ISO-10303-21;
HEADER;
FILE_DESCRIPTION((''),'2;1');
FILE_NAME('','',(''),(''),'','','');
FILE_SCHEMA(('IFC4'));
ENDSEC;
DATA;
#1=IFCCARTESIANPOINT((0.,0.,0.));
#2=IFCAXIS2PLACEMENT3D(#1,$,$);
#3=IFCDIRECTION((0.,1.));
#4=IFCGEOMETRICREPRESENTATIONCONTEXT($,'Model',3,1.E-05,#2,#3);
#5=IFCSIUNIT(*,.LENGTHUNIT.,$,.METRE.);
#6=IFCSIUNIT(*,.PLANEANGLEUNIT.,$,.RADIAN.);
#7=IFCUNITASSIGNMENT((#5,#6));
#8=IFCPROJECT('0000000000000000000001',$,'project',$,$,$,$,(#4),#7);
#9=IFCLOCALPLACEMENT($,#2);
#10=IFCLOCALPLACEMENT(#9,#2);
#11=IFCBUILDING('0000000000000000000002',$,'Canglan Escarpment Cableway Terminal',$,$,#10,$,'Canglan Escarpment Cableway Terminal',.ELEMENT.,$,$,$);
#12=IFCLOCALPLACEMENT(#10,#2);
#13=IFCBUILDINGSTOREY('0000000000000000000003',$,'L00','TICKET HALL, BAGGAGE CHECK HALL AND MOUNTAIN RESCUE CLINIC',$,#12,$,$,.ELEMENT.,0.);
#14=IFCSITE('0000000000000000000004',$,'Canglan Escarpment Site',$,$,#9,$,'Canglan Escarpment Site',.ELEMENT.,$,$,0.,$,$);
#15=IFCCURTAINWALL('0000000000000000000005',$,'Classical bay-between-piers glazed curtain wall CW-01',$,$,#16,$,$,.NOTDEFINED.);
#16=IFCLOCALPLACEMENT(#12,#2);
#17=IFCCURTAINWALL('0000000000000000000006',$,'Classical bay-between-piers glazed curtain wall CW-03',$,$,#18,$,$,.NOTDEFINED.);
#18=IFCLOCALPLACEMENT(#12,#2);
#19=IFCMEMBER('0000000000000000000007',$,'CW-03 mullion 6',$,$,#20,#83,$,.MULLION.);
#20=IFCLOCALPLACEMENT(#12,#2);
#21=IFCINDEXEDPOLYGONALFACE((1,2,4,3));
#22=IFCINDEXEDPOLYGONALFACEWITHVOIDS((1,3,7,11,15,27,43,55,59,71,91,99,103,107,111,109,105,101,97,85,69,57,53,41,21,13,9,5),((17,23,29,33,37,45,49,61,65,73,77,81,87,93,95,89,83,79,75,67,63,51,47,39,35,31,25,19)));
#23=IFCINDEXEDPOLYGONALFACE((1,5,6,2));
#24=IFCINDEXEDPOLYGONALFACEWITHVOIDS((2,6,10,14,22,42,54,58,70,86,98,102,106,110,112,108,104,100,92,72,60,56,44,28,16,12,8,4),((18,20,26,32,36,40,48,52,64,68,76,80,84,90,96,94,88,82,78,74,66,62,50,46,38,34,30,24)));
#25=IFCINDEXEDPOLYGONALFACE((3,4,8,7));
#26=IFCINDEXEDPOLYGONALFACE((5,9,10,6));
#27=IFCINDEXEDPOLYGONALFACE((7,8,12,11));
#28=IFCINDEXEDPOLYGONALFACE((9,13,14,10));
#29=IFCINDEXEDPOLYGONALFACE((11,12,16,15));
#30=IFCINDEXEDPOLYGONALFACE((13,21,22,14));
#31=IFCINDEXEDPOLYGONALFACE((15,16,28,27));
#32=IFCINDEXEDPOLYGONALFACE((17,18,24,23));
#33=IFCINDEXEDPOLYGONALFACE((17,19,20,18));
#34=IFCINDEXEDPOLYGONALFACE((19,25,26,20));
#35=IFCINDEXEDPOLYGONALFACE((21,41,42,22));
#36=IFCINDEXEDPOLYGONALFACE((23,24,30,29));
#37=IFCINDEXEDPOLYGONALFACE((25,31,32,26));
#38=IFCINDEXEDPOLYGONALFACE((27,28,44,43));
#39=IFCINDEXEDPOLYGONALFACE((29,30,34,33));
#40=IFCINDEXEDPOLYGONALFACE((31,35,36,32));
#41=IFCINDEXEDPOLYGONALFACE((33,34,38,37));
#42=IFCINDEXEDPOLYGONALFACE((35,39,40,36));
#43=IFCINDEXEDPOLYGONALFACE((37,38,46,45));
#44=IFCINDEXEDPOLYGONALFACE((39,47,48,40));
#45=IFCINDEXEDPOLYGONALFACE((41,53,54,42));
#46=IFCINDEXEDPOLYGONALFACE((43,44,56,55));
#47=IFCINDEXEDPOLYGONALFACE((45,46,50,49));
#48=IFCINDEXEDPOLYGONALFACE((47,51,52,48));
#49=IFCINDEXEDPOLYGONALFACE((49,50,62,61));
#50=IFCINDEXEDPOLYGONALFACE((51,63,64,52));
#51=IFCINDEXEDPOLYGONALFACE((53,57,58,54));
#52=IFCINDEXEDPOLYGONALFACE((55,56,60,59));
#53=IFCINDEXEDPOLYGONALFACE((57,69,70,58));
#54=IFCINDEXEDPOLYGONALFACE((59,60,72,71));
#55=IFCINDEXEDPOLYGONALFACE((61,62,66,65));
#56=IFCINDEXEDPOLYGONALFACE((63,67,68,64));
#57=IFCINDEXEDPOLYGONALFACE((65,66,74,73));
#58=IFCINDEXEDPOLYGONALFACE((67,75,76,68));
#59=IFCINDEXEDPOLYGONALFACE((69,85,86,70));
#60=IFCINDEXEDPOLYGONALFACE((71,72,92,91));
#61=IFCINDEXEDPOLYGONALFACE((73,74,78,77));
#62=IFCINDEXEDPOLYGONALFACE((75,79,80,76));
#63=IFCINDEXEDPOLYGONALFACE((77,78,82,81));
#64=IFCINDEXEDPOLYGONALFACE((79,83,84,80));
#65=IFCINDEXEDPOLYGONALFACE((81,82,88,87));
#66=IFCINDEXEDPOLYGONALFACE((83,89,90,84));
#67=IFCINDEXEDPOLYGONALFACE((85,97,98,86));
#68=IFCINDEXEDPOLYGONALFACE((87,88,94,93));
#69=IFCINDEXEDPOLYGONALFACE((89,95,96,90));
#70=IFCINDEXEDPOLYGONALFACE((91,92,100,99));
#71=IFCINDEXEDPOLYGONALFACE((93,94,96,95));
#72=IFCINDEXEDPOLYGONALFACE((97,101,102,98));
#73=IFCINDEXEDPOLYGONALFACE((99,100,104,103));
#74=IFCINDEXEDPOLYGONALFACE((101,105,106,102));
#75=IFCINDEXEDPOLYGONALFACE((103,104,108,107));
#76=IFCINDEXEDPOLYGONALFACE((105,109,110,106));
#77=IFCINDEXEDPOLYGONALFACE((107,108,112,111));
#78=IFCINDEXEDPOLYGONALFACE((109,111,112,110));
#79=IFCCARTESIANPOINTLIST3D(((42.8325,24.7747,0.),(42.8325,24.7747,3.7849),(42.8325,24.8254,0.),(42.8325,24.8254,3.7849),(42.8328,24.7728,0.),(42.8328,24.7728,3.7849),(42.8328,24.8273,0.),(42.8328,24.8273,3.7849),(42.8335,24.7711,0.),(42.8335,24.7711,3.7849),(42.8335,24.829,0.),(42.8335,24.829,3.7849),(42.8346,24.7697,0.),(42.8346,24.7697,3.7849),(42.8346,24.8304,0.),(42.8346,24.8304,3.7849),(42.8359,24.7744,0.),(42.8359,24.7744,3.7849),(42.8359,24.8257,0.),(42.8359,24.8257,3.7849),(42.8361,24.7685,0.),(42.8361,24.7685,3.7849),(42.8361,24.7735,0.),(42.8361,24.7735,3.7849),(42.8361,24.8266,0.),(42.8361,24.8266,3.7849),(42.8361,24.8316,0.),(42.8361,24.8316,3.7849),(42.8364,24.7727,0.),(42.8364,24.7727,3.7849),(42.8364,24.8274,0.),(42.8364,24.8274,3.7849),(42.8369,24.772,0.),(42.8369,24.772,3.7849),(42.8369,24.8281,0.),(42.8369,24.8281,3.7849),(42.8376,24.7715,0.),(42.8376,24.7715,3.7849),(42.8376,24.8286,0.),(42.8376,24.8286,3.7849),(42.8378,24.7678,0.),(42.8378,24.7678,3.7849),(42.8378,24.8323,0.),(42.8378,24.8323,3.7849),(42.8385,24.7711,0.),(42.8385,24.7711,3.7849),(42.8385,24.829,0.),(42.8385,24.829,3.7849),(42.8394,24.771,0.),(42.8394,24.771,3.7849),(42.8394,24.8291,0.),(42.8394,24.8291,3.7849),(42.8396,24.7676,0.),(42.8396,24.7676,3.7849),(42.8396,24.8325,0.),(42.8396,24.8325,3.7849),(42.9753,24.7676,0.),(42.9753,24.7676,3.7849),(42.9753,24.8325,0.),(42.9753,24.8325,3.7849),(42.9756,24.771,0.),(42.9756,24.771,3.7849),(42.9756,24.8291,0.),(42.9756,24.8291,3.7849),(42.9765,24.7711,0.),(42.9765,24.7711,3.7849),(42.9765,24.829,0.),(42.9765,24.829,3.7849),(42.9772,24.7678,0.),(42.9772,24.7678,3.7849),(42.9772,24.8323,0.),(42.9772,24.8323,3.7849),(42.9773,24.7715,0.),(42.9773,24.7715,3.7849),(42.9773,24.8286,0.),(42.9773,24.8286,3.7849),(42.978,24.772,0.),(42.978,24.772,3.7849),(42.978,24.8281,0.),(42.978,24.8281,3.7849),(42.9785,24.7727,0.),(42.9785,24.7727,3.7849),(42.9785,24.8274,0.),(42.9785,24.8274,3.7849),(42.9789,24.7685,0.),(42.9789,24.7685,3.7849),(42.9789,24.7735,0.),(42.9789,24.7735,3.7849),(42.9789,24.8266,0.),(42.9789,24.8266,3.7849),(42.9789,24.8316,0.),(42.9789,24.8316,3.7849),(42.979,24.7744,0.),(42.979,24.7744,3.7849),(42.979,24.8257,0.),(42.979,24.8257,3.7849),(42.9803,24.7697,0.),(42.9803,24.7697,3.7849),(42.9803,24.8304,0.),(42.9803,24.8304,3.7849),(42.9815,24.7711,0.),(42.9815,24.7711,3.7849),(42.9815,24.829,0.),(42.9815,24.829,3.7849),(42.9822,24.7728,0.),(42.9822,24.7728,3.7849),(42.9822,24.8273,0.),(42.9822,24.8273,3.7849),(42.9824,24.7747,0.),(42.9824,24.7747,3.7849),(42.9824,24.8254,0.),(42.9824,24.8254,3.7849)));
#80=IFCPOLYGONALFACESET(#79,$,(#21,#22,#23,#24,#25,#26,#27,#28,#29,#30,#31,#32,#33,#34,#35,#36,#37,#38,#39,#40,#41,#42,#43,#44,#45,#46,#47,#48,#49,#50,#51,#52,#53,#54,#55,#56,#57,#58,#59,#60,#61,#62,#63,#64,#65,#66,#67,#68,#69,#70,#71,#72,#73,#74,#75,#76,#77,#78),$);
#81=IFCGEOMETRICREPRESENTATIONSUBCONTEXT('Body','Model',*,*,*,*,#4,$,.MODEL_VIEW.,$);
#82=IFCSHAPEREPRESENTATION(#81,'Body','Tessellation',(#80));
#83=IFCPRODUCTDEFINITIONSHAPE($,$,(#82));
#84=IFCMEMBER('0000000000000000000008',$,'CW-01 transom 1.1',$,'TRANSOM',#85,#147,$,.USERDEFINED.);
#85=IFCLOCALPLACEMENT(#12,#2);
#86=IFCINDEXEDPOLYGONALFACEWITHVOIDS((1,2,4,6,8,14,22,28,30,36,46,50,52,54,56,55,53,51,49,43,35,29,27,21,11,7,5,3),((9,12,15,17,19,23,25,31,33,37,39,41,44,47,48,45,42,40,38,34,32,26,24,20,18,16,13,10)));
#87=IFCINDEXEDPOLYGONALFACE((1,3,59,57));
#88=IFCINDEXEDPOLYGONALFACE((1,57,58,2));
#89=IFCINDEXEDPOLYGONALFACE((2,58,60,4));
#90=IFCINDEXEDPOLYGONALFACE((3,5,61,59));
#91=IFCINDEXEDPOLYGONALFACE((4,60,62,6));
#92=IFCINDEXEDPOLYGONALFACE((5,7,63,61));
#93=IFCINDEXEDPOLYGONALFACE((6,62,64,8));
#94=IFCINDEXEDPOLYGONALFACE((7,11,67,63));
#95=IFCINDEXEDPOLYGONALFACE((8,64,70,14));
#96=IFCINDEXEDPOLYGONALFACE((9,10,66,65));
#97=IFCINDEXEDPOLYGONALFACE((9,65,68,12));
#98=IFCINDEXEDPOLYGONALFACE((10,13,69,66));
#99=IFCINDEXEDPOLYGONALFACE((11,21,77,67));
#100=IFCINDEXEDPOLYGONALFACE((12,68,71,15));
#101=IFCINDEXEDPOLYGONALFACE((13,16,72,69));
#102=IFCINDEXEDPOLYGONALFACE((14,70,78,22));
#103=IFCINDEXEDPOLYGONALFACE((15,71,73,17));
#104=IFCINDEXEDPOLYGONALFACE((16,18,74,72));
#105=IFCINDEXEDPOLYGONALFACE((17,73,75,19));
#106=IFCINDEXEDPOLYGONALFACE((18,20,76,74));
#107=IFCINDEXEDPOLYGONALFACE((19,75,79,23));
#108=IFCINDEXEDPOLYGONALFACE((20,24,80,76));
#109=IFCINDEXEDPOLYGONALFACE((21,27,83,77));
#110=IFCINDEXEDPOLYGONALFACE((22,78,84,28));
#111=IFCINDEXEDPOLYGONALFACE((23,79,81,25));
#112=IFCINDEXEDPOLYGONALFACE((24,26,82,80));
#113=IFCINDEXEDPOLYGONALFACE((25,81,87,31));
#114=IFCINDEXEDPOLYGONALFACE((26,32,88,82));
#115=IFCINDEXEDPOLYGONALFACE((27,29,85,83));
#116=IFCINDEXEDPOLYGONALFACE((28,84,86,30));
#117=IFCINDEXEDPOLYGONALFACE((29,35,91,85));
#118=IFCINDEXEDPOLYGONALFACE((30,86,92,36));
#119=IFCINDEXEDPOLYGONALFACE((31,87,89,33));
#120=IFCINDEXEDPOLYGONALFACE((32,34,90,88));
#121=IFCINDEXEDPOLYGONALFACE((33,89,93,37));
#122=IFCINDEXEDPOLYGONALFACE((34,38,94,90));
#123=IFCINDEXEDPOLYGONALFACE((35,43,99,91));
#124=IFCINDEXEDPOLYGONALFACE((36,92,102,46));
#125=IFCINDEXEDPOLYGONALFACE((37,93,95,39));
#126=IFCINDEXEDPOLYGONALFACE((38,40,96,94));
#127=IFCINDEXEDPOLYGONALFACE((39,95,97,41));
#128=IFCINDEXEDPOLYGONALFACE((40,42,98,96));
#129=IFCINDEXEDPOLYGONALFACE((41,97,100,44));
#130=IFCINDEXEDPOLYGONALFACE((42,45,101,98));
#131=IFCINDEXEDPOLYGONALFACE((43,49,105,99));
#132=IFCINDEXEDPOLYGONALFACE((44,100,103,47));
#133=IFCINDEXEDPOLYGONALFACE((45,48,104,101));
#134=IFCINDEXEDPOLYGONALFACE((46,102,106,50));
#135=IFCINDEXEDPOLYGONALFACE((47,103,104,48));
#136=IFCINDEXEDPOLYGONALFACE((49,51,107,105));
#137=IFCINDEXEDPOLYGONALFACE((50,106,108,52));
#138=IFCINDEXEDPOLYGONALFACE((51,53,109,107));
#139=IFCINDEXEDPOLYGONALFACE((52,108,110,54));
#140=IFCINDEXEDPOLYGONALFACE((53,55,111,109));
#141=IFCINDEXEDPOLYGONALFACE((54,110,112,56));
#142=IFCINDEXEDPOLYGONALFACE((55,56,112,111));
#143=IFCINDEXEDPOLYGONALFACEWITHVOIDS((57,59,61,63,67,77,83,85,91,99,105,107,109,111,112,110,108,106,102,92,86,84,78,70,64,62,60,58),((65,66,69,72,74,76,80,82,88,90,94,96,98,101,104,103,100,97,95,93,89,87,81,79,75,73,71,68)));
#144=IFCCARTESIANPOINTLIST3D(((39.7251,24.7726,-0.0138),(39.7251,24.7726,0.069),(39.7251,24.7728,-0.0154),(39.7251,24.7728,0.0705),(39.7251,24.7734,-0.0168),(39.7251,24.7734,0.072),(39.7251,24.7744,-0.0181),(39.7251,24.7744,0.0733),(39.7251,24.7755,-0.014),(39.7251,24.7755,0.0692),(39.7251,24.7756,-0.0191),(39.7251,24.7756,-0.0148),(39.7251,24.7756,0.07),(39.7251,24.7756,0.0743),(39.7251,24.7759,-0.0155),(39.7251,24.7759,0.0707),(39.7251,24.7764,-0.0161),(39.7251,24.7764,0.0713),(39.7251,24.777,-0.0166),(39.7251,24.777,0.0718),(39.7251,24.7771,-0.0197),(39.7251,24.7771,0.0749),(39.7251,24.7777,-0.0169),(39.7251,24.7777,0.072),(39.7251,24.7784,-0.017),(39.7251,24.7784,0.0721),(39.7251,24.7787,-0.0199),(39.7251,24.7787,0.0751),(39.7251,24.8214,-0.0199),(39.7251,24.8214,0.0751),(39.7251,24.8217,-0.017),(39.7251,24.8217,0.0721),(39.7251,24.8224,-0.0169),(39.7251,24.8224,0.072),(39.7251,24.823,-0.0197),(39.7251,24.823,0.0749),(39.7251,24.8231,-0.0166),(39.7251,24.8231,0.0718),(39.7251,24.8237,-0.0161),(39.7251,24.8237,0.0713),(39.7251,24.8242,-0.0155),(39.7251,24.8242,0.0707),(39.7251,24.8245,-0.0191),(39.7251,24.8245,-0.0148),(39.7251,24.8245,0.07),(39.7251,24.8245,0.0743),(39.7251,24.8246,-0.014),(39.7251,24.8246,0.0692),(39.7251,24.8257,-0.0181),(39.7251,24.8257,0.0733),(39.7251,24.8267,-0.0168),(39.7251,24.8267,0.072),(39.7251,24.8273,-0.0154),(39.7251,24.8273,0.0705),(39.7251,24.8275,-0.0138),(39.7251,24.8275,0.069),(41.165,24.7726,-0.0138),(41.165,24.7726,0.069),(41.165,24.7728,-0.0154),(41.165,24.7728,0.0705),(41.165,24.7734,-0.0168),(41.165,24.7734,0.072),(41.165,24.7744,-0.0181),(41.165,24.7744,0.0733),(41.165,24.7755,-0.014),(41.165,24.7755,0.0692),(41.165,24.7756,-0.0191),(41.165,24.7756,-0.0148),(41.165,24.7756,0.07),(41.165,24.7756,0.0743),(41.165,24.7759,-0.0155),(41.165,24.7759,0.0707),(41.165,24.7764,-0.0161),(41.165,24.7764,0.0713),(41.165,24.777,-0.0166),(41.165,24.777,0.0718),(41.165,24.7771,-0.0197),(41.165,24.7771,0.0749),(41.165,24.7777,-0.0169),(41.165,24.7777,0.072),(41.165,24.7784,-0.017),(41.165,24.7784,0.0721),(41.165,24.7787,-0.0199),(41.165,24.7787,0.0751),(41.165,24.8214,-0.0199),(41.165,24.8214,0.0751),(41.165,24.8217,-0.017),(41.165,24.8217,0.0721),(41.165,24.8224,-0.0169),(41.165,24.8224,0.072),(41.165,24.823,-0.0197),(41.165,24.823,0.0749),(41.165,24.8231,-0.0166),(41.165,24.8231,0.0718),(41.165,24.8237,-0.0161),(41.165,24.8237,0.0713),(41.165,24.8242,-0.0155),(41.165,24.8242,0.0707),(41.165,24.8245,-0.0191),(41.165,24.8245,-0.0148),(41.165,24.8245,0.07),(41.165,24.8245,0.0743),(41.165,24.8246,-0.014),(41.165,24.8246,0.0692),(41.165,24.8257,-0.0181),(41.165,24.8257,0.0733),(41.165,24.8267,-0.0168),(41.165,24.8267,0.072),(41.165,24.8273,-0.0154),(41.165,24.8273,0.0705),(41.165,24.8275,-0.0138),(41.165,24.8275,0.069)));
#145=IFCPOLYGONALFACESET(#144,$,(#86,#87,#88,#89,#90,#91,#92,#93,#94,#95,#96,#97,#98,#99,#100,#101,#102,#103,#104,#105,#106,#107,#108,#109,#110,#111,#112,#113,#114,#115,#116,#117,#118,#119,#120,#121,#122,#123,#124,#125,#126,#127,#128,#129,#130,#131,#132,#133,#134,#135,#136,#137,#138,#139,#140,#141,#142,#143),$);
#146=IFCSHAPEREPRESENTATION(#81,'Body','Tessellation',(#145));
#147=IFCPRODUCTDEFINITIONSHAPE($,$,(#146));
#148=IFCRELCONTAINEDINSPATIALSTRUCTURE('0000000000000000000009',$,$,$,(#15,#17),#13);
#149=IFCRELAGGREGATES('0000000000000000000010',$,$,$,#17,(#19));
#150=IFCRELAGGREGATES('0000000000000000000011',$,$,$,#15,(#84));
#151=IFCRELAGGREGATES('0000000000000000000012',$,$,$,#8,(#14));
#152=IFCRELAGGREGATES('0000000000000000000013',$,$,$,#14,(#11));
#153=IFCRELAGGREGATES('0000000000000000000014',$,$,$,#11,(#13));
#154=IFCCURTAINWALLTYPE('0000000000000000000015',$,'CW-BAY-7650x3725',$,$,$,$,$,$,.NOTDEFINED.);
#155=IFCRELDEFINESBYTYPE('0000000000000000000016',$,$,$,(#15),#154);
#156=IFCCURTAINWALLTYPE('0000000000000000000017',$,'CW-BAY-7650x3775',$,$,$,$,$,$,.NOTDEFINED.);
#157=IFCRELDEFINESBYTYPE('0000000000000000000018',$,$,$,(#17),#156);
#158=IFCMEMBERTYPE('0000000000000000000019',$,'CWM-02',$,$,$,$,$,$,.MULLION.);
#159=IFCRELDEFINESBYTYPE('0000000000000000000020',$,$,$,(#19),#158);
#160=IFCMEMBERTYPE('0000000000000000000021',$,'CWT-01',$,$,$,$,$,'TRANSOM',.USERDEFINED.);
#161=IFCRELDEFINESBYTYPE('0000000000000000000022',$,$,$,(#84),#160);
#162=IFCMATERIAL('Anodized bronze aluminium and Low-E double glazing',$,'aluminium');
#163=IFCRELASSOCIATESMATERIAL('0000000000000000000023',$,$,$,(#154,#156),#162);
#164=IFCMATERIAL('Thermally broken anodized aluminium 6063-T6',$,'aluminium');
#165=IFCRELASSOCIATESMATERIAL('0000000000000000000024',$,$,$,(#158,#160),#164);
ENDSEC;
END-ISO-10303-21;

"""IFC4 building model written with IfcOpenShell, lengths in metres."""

from ifc_helpers import new_model, si_unit, direction, frame, origin, origin_2d, place, context, subcontext, project, spatial, hollow_rectangle, extrude, material, material_profile, profile_set, type_object, element, aggregate, save


model = new_model("IFC4")

# Units and contexts
model_context = context("Model", 3, precision=1e-05, world=origin(), true_north=direction((0.0, 1.0)))
body_context = subcontext(model_context, "Body", "Model", "MODEL_VIEW")
ifc_project = project(units=[si_unit("LENGTHUNIT", "METRE"), si_unit("PLANEANGLEUNIT", "RADIAN")], contexts=[model_context])

# Site, building, storey
site_placement = place(None, origin())
site = spatial("IfcSite", under=ifc_project, at=site_placement, Name="Canglan Escarpment Site", LongName="Canglan Escarpment Site", CompositionType="ELEMENT", RefElevation=0.0)
building_placement = place(site_placement, origin())
building = spatial("IfcBuilding", under=site, at=building_placement, Name="Canglan Escarpment Cableway Terminal", LongName="Canglan Escarpment Cableway Terminal", CompositionType="ELEMENT")
storey_placement = place(building_placement, origin())
storey = spatial("IfcBuildingStorey", under=building, at=storey_placement, Name="L00", Description="TICKET HALL, BAGGAGE CHECK HALL AND MOUNTAIN RESCUE CLINIC", CompositionType="ELEMENT", Elevation=0.0)

# Curtain wall
ifc_material_1 = material(Name="Anodized bronze aluminium and Low-E double glazing", Category="aluminium")
curtain_wall_type_1 = type_object("IfcCurtainWallType", Name="CW-BAY-7650x3725", PredefinedType="NOTDEFINED", material=ifc_material_1)
curtain_wall_1_placement = place(storey_placement, origin())
curtain_wall_1 = element("IfcCurtainWall", 1, at=curtain_wall_1_placement, inside=storey, type_object=curtain_wall_type_1, Name="Classical bay-between-piers glazed curtain wall CW-01", PredefinedType="NOTDEFINED")
ifc_material_2 = material(Name="Thermally broken anodized aluminium 6063-T6", Category="aluminium")

# Curtain wall, member
curtain_wall_type_2 = type_object("IfcCurtainWallType", Name="CW-BAY-7650x3775", PredefinedType="NOTDEFINED", material=ifc_material_1)
curtain_wall_2_placement = place(storey_placement, origin())
curtain_wall_2 = element("IfcCurtainWall", 2, at=curtain_wall_2_placement, inside=storey, type_object=curtain_wall_type_2, Name="Classical bay-between-piers glazed curtain wall CW-03", PredefinedType="NOTDEFINED")
ifc_material_profile_1 = material_profile(ifc_material_2, hollow_rectangle(XDim=0.0649, YDim=0.1499, WallThickness=0.0034, InnerFilletRadius=0.0034, OuterFilletRadius=0.0071, at=origin_2d()), Name="ALU-MULL 65x150x3.5")
ifc_profile_set_1 = profile_set([ifc_material_profile_1], Name="Thermally broken anodized aluminium 6063-T6")
member_type_1 = type_object("IfcMemberType", Name="CWM-02", PredefinedType="MULLION", material=ifc_profile_set_1)
member_1_placement = place(storey_placement, frame((42.9075, 24.8, 0.0), z_axis=(0.0, 0.0, 1.0), x_axis=(0.0, -1.0, 0.0)))
member_1 = element("IfcMember", 3, at=member_1_placement, type_object=member_type_1, Name="CW-03 mullion 6", PredefinedType="MULLION", context=body_context, shape_type="SweptSolid", body=[
    extrude(hollow_rectangle(XDim=0.0649, YDim=0.1499, WallThickness=0.0034, InnerFilletRadius=0.0034, OuterFilletRadius=0.0071, at=origin_2d()), origin(), (0.0, 0.0, 1.0), 3.7849),
])

# Member
ifc_material_profile_2 = material_profile(ifc_material_2, hollow_rectangle(XDim=0.0549, YDim=0.095, WallThickness=0.0029, InnerFilletRadius=0.0029, OuterFilletRadius=0.0061, at=origin_2d()), Name="ALU-TRAN 55x95x3")
ifc_profile_set_2 = profile_set([ifc_material_profile_2], Name="Thermally broken anodized aluminium 6063-T6")
member_type_2 = type_object("IfcMemberType", Name="CWT-01", ElementType="TRANSOM", PredefinedType="USERDEFINED", material=ifc_profile_set_2)
member_2_placement = place(storey_placement, frame((41.165, 24.8, 0.0276), z_axis=(-1.0, 0.0, 0.0), x_axis=(0.0, -1.0, 0.0)))
member_2 = element("IfcMember", 4, at=member_2_placement, type_object=member_type_2, Name="CW-01 transom 1.1", ObjectType="TRANSOM", PredefinedType="USERDEFINED", context=body_context, shape_type="SweptSolid", body=[
    extrude(hollow_rectangle(XDim=0.0549, YDim=0.095, WallThickness=0.0029, InnerFilletRadius=0.0029, OuterFilletRadius=0.0061, at=origin_2d()), origin(), (0.0, 0.0, 1.0), 1.4399),
])

aggregate(curtain_wall_2, [member_1])
aggregate(curtain_wall_1, [member_2])

save(model, "model.ifc")
